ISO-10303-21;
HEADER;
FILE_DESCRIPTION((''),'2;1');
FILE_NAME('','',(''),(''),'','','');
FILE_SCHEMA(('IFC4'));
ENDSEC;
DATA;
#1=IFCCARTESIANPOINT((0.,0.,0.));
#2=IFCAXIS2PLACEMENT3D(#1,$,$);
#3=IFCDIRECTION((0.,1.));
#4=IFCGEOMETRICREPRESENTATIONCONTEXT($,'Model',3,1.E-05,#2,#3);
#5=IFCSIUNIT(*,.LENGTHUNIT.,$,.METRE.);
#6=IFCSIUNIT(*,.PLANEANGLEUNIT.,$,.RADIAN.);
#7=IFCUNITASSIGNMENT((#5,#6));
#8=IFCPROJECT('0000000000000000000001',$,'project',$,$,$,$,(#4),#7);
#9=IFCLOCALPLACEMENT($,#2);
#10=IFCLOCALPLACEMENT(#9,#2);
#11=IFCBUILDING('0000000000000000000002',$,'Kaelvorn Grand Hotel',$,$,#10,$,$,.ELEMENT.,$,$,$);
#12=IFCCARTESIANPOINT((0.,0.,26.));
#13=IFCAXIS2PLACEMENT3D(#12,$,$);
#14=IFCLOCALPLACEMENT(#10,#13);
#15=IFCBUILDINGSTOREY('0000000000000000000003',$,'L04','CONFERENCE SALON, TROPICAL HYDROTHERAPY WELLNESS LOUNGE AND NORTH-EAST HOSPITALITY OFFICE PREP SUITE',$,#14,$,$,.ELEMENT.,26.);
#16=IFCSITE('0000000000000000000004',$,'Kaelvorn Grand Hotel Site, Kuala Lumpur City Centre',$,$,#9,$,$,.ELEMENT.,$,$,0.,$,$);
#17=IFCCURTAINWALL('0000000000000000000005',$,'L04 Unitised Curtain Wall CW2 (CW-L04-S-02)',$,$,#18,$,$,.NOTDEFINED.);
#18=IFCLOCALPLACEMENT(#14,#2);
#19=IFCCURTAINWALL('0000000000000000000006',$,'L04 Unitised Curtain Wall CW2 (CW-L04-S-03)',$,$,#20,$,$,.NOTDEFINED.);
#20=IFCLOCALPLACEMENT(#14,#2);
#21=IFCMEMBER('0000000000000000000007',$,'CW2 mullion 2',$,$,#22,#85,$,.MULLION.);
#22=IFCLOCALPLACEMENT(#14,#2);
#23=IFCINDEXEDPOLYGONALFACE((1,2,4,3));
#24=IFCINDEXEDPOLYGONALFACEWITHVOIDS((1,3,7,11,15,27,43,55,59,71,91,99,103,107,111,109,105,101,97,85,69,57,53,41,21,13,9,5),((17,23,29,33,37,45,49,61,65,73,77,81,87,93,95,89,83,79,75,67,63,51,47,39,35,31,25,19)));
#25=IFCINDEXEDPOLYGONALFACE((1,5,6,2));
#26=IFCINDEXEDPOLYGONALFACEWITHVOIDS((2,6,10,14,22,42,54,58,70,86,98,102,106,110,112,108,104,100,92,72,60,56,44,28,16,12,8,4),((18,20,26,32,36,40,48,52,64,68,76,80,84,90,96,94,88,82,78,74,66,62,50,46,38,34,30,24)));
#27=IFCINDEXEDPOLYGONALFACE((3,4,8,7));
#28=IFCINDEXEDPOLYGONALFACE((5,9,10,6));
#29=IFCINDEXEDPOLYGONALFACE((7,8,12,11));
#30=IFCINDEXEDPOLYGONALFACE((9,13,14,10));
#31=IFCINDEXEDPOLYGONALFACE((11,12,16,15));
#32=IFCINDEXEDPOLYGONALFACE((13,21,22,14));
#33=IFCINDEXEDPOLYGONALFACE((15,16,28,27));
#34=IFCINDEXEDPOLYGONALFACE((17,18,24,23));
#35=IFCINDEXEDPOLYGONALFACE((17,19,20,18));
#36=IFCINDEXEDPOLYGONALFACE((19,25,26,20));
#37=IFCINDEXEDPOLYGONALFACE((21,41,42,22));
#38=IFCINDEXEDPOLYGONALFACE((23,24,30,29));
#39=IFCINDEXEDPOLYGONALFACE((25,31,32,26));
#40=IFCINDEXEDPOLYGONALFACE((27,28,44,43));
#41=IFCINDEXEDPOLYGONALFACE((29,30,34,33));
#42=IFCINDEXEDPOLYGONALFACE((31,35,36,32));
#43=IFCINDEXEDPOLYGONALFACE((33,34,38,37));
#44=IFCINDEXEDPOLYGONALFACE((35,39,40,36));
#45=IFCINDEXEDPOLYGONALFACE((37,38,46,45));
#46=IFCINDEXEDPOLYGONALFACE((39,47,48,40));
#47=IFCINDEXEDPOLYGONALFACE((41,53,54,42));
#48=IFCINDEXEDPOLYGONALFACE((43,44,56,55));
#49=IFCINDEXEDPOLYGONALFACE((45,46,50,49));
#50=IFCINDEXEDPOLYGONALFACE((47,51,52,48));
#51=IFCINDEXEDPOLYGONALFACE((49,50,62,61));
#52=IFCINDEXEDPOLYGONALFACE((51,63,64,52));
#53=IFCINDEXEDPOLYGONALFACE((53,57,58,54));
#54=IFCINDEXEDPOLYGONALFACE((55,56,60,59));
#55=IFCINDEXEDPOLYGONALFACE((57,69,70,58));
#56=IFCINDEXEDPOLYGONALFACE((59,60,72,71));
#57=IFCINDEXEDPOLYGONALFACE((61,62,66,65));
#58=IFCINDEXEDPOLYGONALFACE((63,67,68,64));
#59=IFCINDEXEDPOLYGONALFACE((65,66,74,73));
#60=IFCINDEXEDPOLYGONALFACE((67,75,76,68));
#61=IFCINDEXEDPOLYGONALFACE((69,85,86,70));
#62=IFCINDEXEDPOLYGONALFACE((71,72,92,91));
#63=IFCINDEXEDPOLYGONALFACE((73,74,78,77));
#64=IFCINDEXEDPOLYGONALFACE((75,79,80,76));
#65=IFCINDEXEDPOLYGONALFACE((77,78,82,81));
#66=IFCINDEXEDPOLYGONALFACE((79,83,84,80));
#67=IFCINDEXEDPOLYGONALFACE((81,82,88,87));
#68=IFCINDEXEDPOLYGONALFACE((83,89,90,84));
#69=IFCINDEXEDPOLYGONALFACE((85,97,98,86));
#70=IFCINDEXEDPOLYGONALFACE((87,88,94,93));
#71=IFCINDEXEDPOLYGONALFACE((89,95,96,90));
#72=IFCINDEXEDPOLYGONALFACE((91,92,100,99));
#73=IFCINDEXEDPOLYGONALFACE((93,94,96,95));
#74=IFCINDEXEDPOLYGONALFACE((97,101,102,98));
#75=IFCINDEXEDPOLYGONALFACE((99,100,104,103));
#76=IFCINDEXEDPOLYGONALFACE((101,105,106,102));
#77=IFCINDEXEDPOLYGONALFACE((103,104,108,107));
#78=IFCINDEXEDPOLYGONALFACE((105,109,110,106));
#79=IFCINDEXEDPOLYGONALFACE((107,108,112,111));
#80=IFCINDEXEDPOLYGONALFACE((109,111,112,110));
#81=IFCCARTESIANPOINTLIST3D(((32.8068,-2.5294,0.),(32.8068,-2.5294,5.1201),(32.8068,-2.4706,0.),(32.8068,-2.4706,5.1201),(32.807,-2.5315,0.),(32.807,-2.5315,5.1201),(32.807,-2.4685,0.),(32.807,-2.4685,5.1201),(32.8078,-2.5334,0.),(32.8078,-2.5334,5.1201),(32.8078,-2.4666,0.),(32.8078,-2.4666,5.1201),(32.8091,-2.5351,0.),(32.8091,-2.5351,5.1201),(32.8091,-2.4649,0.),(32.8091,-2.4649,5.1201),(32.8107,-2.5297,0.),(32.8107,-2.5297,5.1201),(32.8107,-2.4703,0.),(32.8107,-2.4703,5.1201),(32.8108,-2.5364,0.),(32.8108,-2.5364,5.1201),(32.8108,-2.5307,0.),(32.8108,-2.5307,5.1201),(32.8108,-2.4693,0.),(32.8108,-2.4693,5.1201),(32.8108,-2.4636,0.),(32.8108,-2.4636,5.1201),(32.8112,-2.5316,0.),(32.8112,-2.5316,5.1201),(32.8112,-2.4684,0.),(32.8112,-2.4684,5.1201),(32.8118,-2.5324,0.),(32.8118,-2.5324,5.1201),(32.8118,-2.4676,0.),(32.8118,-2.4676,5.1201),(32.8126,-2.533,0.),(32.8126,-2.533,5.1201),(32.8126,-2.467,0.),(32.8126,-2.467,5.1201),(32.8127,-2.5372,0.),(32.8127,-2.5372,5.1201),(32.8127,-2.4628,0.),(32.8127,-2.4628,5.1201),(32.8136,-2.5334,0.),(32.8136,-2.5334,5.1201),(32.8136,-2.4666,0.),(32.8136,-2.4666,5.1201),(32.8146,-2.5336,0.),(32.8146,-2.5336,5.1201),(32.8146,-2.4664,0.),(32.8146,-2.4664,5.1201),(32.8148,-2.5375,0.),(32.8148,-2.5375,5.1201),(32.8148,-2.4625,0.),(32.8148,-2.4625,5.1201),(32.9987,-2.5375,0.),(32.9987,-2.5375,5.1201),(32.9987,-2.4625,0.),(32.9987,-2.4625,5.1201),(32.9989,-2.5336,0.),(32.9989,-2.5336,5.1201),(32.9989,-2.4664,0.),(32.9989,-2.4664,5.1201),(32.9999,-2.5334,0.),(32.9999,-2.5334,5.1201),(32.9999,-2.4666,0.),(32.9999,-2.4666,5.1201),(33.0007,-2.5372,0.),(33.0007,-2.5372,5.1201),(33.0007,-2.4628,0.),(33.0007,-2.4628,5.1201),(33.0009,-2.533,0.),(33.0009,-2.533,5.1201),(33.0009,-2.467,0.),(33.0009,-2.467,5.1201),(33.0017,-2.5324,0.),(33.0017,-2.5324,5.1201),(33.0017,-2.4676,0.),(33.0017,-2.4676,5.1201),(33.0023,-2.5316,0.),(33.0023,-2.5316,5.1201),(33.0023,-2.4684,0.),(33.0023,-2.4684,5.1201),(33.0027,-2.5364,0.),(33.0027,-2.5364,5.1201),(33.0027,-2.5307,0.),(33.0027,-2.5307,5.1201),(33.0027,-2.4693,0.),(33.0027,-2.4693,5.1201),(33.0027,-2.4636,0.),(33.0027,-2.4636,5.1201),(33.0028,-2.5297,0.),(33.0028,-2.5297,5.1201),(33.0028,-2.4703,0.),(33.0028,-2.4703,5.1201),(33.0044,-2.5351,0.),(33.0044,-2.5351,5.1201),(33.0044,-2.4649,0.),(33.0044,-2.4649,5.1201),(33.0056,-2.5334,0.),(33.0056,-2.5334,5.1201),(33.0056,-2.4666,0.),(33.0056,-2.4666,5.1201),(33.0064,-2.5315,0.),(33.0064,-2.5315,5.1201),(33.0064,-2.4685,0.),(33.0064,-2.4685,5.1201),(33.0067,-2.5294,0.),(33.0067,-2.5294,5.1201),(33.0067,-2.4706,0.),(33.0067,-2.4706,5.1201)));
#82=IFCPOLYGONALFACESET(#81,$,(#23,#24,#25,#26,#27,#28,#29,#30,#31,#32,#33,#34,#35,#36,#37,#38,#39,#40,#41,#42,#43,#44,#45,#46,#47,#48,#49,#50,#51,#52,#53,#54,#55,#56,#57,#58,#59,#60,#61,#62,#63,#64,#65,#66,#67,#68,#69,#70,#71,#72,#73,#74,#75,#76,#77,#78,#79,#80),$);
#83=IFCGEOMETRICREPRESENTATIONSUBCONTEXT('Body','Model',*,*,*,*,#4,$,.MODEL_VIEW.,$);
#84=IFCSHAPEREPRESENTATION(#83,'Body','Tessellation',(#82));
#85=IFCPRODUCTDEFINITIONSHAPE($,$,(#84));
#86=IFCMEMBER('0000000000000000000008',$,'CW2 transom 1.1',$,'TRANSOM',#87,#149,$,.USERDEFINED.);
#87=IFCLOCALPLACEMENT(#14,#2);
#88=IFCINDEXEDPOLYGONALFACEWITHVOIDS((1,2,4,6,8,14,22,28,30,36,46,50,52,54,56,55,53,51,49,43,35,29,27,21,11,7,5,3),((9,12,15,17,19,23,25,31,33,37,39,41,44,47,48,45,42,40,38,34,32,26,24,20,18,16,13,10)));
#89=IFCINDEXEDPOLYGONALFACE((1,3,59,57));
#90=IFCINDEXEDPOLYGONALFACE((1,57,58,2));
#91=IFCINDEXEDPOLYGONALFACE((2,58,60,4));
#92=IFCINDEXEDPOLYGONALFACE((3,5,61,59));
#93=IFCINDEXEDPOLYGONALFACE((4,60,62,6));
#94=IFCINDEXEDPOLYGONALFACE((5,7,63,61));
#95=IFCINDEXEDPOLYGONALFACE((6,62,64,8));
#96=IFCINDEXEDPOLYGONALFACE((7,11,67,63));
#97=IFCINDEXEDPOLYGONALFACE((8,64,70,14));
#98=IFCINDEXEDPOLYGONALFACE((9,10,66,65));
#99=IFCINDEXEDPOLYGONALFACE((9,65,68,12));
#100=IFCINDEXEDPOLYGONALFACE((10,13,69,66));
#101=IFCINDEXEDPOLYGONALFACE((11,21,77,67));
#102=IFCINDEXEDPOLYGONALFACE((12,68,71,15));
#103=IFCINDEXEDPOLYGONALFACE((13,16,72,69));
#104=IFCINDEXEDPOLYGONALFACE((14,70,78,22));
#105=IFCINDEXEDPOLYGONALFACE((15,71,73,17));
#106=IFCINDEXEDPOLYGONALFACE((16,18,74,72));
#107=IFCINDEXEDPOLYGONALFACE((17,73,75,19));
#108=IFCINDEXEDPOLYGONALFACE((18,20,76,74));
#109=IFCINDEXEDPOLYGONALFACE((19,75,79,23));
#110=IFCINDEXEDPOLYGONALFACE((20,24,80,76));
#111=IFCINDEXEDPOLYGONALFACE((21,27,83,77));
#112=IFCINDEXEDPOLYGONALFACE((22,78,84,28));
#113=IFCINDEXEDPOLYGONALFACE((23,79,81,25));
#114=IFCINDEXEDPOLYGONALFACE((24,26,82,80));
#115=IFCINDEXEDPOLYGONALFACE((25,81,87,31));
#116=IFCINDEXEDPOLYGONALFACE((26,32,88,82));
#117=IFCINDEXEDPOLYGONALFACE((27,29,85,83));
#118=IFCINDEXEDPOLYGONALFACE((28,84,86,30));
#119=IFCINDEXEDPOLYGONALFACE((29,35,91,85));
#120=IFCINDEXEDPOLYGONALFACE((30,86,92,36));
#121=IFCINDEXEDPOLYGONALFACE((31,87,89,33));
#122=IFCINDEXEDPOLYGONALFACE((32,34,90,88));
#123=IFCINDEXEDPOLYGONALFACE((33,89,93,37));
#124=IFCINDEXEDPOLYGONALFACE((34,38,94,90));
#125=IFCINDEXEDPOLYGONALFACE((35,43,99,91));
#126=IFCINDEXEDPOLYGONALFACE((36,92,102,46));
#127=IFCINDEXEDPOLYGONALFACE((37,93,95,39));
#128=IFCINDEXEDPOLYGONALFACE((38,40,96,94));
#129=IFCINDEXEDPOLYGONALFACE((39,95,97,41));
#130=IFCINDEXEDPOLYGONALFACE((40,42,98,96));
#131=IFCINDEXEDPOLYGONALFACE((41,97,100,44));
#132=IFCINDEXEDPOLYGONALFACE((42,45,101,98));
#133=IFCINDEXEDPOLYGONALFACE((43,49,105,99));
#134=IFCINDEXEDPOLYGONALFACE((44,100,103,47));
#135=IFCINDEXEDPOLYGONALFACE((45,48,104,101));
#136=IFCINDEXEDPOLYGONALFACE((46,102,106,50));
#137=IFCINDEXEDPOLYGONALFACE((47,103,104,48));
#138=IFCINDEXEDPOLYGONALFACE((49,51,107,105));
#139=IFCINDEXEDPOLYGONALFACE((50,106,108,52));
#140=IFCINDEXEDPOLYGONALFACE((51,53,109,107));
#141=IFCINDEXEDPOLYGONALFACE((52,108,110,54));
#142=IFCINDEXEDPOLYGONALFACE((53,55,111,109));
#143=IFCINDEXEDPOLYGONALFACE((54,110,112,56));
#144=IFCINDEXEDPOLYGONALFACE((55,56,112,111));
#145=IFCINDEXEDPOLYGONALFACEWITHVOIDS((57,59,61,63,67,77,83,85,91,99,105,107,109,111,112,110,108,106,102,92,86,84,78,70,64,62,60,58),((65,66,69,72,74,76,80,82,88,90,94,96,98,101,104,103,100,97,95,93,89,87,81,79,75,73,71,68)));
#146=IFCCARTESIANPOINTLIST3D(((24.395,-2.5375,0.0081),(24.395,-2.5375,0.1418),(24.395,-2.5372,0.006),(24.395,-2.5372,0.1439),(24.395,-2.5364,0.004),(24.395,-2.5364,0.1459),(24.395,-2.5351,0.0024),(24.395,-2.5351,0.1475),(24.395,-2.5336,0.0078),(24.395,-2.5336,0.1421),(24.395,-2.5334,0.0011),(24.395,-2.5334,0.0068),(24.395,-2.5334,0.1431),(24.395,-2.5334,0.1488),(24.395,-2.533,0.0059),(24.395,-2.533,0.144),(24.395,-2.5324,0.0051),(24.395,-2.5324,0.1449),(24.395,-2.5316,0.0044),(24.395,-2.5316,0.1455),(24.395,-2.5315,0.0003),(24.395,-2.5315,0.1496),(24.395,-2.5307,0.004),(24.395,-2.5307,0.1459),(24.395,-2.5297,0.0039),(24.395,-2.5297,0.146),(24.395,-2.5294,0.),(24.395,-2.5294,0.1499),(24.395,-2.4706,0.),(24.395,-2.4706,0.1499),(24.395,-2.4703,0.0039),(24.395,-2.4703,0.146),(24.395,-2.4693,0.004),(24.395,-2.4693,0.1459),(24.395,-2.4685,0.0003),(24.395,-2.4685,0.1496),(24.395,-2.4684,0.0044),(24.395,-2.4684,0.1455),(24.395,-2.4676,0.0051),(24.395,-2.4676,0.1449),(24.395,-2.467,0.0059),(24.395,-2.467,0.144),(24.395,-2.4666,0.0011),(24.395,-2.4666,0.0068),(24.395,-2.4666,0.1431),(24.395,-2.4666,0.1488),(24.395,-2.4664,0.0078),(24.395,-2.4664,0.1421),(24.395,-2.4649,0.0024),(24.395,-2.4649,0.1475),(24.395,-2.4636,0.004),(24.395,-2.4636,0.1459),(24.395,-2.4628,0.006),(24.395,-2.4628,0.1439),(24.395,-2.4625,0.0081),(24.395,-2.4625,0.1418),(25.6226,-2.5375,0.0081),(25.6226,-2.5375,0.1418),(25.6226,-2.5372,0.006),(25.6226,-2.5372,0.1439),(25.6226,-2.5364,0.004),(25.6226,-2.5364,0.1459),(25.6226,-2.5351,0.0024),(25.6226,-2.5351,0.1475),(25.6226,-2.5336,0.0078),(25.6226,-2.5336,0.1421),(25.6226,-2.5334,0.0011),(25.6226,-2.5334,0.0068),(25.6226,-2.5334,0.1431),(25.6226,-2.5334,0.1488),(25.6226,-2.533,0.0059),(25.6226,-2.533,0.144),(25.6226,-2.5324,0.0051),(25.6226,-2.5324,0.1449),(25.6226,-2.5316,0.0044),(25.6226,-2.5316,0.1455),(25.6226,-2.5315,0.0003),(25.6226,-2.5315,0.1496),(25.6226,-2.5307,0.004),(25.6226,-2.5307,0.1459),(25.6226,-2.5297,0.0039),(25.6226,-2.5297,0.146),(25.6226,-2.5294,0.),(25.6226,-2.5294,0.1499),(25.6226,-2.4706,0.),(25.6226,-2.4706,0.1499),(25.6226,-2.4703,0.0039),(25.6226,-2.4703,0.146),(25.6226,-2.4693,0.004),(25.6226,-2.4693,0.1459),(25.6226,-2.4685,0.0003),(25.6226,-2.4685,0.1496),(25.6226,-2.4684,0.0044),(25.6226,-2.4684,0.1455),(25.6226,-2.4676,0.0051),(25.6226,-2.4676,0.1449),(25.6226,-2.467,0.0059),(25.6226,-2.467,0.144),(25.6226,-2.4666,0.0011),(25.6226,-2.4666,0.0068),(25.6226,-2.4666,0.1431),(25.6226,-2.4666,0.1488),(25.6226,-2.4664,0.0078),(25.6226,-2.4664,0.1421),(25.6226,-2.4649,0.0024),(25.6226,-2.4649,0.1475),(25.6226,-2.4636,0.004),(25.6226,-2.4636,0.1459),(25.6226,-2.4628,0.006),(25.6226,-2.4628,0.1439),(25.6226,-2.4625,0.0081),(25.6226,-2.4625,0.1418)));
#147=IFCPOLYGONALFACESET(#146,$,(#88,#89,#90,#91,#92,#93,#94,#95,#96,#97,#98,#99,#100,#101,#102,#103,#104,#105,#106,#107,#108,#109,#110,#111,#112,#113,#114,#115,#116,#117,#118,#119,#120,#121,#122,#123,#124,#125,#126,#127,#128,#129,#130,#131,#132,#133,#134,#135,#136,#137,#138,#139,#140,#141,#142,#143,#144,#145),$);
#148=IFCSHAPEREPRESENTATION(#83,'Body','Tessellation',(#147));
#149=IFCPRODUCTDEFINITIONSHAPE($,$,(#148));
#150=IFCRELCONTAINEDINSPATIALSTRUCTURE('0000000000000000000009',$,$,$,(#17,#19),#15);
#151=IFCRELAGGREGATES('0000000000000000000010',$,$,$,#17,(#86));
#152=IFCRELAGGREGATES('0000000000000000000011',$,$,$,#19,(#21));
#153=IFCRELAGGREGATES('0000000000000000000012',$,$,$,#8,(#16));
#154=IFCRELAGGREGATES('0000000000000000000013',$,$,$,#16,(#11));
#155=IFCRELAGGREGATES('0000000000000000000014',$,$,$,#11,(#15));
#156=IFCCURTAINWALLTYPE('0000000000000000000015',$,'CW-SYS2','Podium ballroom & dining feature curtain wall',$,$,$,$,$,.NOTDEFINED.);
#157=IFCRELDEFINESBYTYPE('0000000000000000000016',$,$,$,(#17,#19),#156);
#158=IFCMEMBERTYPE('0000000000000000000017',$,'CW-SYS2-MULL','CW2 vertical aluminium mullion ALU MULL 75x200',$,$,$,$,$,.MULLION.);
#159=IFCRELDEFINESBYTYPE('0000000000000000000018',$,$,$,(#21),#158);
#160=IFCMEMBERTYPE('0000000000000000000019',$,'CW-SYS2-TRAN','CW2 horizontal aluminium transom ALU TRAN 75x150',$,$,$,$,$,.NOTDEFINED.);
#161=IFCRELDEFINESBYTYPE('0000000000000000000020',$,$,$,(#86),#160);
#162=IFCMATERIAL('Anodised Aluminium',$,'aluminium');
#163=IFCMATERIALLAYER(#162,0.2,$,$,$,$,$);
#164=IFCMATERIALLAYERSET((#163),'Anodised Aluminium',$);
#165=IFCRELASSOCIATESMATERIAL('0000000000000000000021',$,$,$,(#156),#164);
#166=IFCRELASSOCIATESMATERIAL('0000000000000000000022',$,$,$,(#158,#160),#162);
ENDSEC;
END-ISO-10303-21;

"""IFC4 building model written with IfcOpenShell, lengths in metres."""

from ifc_helpers import new_model, si_unit, direction, frame, origin, origin_2d, place, context, subcontext, project, spatial, hollow_rectangle, extrude, material, layer, layer_set, material_profile, profile_set, type_object, element, aggregate, save


model = new_model("IFC4")

# Units and contexts
model_context = context("Model", 3, precision=1e-05, world=origin(), true_north=direction((0.0, 1.0)))
body_context = subcontext(model_context, "Body", "Model", "MODEL_VIEW")
ifc_project = project(units=[si_unit("LENGTHUNIT", "METRE"), si_unit("PLANEANGLEUNIT", "RADIAN")], contexts=[model_context])

# Site, building, storey
site_placement = place(None, origin())
site = spatial("IfcSite", under=ifc_project, at=site_placement, Name="Kaelvorn Grand Hotel Site, Kuala Lumpur City Centre", CompositionType="ELEMENT", RefElevation=0.0)
building_placement = place(site_placement, origin())
building = spatial("IfcBuilding", under=site, at=building_placement, Name="Kaelvorn Grand Hotel", CompositionType="ELEMENT")
storey_placement = place(building_placement, frame((0.0, 0.0, 26.0)))
storey = spatial("IfcBuildingStorey", under=building, at=storey_placement, Name="L04", Description="CONFERENCE SALON, TROPICAL HYDROTHERAPY WELLNESS LOUNGE AND NORTH-EAST HOSPITALITY OFFICE PREP SUITE", CompositionType="ELEMENT", Elevation=26.0)

# Curtain walls, member
ifc_material_1 = material(Name="Anodised Aluminium", Category="aluminium")
ifc_layer_1 = layer(ifc_material_1, 0.2)
ifc_layer_set_1 = layer_set([ifc_layer_1], Name="Anodised Aluminium")
curtain_wall_type = type_object("IfcCurtainWallType", Name="CW-SYS2", Description="Podium ballroom & dining feature curtain wall", PredefinedType="NOTDEFINED", material=ifc_layer_set_1)
curtain_wall_1_placement = place(storey_placement, origin())
curtain_wall_1 = element("IfcCurtainWall", 1, at=curtain_wall_1_placement, inside=storey, type_object=curtain_wall_type, Name="L04 Unitised Curtain Wall CW2 (CW-L04-S-02)", PredefinedType="NOTDEFINED")
ifc_material_profile_1 = material_profile(ifc_material_1, hollow_rectangle(XDim=0.075, YDim=0.2, WallThickness=0.0039, InnerFilletRadius=0.0039, OuterFilletRadius=0.0081, at=origin_2d()), Name="ALU MULL 75x200")
ifc_profile_set_1 = profile_set([ifc_material_profile_1], Name="Anodised Aluminium")
member_type_1 = type_object("IfcMemberType", Name="CW-SYS2-MULL", Description="CW2 vertical aluminium mullion ALU MULL 75x200", PredefinedType="MULLION", material=ifc_profile_set_1)
curtain_wall_2_placement = place(storey_placement, origin())
curtain_wall_2 = element("IfcCurtainWall", 2, at=curtain_wall_2_placement, inside=storey, type_object=curtain_wall_type, Name="L04 Unitised Curtain Wall CW2 (CW-L04-S-03)", PredefinedType="NOTDEFINED")
member_1_placement = place(storey_placement, frame((32.9067, -2.5, 0.0), z_axis=(0.0, 0.0, 1.0), x_axis=(0.0, 1.0, 0.0)))
member_1 = element("IfcMember", 3, at=member_1_placement, type_object=member_type_1, Name="CW2 mullion 2", PredefinedType="MULLION", context=body_context, shape_type="SweptSolid", body=[
    extrude(hollow_rectangle(XDim=0.075, YDim=0.2, WallThickness=0.0039, InnerFilletRadius=0.0039, OuterFilletRadius=0.0081, at=origin_2d()), origin(), (0.0, 0.0, 1.0), 5.1201),
])

# Member
ifc_material_profile_2 = material_profile(ifc_material_1, hollow_rectangle(XDim=0.075, YDim=0.1499, WallThickness=0.0039, InnerFilletRadius=0.0039, OuterFilletRadius=0.0081, at=origin_2d()), Name="ALU TRAN 75x150")
ifc_profile_set_2 = profile_set([ifc_material_profile_2], Name="Anodised Aluminium")
member_type_2 = type_object("IfcMemberType", Name="CW-SYS2-TRAN", Description="CW2 horizontal aluminium transom ALU TRAN 75x150", PredefinedType="NOTDEFINED", material=ifc_profile_set_2)
member_2_placement = place(storey_placement, frame((24.395, -2.5, 0.075), z_axis=(1.0, 0.0, 0.0), x_axis=(0.0, 1.0, 0.0)))
member_2 = element("IfcMember", 4, at=member_2_placement, type_object=member_type_2, Name="CW2 transom 1.1", ObjectType="TRANSOM", PredefinedType="USERDEFINED", context=body_context, shape_type="SweptSolid", body=[
    extrude(hollow_rectangle(XDim=0.075, YDim=0.1499, WallThickness=0.0039, InnerFilletRadius=0.0039, OuterFilletRadius=0.0081, at=origin_2d()), origin(), (0.0, 0.0, 1.0), 1.2275),
])

aggregate(curtain_wall_1, [member_2])
aggregate(curtain_wall_2, [member_1])

save(model, "model.ifc")
